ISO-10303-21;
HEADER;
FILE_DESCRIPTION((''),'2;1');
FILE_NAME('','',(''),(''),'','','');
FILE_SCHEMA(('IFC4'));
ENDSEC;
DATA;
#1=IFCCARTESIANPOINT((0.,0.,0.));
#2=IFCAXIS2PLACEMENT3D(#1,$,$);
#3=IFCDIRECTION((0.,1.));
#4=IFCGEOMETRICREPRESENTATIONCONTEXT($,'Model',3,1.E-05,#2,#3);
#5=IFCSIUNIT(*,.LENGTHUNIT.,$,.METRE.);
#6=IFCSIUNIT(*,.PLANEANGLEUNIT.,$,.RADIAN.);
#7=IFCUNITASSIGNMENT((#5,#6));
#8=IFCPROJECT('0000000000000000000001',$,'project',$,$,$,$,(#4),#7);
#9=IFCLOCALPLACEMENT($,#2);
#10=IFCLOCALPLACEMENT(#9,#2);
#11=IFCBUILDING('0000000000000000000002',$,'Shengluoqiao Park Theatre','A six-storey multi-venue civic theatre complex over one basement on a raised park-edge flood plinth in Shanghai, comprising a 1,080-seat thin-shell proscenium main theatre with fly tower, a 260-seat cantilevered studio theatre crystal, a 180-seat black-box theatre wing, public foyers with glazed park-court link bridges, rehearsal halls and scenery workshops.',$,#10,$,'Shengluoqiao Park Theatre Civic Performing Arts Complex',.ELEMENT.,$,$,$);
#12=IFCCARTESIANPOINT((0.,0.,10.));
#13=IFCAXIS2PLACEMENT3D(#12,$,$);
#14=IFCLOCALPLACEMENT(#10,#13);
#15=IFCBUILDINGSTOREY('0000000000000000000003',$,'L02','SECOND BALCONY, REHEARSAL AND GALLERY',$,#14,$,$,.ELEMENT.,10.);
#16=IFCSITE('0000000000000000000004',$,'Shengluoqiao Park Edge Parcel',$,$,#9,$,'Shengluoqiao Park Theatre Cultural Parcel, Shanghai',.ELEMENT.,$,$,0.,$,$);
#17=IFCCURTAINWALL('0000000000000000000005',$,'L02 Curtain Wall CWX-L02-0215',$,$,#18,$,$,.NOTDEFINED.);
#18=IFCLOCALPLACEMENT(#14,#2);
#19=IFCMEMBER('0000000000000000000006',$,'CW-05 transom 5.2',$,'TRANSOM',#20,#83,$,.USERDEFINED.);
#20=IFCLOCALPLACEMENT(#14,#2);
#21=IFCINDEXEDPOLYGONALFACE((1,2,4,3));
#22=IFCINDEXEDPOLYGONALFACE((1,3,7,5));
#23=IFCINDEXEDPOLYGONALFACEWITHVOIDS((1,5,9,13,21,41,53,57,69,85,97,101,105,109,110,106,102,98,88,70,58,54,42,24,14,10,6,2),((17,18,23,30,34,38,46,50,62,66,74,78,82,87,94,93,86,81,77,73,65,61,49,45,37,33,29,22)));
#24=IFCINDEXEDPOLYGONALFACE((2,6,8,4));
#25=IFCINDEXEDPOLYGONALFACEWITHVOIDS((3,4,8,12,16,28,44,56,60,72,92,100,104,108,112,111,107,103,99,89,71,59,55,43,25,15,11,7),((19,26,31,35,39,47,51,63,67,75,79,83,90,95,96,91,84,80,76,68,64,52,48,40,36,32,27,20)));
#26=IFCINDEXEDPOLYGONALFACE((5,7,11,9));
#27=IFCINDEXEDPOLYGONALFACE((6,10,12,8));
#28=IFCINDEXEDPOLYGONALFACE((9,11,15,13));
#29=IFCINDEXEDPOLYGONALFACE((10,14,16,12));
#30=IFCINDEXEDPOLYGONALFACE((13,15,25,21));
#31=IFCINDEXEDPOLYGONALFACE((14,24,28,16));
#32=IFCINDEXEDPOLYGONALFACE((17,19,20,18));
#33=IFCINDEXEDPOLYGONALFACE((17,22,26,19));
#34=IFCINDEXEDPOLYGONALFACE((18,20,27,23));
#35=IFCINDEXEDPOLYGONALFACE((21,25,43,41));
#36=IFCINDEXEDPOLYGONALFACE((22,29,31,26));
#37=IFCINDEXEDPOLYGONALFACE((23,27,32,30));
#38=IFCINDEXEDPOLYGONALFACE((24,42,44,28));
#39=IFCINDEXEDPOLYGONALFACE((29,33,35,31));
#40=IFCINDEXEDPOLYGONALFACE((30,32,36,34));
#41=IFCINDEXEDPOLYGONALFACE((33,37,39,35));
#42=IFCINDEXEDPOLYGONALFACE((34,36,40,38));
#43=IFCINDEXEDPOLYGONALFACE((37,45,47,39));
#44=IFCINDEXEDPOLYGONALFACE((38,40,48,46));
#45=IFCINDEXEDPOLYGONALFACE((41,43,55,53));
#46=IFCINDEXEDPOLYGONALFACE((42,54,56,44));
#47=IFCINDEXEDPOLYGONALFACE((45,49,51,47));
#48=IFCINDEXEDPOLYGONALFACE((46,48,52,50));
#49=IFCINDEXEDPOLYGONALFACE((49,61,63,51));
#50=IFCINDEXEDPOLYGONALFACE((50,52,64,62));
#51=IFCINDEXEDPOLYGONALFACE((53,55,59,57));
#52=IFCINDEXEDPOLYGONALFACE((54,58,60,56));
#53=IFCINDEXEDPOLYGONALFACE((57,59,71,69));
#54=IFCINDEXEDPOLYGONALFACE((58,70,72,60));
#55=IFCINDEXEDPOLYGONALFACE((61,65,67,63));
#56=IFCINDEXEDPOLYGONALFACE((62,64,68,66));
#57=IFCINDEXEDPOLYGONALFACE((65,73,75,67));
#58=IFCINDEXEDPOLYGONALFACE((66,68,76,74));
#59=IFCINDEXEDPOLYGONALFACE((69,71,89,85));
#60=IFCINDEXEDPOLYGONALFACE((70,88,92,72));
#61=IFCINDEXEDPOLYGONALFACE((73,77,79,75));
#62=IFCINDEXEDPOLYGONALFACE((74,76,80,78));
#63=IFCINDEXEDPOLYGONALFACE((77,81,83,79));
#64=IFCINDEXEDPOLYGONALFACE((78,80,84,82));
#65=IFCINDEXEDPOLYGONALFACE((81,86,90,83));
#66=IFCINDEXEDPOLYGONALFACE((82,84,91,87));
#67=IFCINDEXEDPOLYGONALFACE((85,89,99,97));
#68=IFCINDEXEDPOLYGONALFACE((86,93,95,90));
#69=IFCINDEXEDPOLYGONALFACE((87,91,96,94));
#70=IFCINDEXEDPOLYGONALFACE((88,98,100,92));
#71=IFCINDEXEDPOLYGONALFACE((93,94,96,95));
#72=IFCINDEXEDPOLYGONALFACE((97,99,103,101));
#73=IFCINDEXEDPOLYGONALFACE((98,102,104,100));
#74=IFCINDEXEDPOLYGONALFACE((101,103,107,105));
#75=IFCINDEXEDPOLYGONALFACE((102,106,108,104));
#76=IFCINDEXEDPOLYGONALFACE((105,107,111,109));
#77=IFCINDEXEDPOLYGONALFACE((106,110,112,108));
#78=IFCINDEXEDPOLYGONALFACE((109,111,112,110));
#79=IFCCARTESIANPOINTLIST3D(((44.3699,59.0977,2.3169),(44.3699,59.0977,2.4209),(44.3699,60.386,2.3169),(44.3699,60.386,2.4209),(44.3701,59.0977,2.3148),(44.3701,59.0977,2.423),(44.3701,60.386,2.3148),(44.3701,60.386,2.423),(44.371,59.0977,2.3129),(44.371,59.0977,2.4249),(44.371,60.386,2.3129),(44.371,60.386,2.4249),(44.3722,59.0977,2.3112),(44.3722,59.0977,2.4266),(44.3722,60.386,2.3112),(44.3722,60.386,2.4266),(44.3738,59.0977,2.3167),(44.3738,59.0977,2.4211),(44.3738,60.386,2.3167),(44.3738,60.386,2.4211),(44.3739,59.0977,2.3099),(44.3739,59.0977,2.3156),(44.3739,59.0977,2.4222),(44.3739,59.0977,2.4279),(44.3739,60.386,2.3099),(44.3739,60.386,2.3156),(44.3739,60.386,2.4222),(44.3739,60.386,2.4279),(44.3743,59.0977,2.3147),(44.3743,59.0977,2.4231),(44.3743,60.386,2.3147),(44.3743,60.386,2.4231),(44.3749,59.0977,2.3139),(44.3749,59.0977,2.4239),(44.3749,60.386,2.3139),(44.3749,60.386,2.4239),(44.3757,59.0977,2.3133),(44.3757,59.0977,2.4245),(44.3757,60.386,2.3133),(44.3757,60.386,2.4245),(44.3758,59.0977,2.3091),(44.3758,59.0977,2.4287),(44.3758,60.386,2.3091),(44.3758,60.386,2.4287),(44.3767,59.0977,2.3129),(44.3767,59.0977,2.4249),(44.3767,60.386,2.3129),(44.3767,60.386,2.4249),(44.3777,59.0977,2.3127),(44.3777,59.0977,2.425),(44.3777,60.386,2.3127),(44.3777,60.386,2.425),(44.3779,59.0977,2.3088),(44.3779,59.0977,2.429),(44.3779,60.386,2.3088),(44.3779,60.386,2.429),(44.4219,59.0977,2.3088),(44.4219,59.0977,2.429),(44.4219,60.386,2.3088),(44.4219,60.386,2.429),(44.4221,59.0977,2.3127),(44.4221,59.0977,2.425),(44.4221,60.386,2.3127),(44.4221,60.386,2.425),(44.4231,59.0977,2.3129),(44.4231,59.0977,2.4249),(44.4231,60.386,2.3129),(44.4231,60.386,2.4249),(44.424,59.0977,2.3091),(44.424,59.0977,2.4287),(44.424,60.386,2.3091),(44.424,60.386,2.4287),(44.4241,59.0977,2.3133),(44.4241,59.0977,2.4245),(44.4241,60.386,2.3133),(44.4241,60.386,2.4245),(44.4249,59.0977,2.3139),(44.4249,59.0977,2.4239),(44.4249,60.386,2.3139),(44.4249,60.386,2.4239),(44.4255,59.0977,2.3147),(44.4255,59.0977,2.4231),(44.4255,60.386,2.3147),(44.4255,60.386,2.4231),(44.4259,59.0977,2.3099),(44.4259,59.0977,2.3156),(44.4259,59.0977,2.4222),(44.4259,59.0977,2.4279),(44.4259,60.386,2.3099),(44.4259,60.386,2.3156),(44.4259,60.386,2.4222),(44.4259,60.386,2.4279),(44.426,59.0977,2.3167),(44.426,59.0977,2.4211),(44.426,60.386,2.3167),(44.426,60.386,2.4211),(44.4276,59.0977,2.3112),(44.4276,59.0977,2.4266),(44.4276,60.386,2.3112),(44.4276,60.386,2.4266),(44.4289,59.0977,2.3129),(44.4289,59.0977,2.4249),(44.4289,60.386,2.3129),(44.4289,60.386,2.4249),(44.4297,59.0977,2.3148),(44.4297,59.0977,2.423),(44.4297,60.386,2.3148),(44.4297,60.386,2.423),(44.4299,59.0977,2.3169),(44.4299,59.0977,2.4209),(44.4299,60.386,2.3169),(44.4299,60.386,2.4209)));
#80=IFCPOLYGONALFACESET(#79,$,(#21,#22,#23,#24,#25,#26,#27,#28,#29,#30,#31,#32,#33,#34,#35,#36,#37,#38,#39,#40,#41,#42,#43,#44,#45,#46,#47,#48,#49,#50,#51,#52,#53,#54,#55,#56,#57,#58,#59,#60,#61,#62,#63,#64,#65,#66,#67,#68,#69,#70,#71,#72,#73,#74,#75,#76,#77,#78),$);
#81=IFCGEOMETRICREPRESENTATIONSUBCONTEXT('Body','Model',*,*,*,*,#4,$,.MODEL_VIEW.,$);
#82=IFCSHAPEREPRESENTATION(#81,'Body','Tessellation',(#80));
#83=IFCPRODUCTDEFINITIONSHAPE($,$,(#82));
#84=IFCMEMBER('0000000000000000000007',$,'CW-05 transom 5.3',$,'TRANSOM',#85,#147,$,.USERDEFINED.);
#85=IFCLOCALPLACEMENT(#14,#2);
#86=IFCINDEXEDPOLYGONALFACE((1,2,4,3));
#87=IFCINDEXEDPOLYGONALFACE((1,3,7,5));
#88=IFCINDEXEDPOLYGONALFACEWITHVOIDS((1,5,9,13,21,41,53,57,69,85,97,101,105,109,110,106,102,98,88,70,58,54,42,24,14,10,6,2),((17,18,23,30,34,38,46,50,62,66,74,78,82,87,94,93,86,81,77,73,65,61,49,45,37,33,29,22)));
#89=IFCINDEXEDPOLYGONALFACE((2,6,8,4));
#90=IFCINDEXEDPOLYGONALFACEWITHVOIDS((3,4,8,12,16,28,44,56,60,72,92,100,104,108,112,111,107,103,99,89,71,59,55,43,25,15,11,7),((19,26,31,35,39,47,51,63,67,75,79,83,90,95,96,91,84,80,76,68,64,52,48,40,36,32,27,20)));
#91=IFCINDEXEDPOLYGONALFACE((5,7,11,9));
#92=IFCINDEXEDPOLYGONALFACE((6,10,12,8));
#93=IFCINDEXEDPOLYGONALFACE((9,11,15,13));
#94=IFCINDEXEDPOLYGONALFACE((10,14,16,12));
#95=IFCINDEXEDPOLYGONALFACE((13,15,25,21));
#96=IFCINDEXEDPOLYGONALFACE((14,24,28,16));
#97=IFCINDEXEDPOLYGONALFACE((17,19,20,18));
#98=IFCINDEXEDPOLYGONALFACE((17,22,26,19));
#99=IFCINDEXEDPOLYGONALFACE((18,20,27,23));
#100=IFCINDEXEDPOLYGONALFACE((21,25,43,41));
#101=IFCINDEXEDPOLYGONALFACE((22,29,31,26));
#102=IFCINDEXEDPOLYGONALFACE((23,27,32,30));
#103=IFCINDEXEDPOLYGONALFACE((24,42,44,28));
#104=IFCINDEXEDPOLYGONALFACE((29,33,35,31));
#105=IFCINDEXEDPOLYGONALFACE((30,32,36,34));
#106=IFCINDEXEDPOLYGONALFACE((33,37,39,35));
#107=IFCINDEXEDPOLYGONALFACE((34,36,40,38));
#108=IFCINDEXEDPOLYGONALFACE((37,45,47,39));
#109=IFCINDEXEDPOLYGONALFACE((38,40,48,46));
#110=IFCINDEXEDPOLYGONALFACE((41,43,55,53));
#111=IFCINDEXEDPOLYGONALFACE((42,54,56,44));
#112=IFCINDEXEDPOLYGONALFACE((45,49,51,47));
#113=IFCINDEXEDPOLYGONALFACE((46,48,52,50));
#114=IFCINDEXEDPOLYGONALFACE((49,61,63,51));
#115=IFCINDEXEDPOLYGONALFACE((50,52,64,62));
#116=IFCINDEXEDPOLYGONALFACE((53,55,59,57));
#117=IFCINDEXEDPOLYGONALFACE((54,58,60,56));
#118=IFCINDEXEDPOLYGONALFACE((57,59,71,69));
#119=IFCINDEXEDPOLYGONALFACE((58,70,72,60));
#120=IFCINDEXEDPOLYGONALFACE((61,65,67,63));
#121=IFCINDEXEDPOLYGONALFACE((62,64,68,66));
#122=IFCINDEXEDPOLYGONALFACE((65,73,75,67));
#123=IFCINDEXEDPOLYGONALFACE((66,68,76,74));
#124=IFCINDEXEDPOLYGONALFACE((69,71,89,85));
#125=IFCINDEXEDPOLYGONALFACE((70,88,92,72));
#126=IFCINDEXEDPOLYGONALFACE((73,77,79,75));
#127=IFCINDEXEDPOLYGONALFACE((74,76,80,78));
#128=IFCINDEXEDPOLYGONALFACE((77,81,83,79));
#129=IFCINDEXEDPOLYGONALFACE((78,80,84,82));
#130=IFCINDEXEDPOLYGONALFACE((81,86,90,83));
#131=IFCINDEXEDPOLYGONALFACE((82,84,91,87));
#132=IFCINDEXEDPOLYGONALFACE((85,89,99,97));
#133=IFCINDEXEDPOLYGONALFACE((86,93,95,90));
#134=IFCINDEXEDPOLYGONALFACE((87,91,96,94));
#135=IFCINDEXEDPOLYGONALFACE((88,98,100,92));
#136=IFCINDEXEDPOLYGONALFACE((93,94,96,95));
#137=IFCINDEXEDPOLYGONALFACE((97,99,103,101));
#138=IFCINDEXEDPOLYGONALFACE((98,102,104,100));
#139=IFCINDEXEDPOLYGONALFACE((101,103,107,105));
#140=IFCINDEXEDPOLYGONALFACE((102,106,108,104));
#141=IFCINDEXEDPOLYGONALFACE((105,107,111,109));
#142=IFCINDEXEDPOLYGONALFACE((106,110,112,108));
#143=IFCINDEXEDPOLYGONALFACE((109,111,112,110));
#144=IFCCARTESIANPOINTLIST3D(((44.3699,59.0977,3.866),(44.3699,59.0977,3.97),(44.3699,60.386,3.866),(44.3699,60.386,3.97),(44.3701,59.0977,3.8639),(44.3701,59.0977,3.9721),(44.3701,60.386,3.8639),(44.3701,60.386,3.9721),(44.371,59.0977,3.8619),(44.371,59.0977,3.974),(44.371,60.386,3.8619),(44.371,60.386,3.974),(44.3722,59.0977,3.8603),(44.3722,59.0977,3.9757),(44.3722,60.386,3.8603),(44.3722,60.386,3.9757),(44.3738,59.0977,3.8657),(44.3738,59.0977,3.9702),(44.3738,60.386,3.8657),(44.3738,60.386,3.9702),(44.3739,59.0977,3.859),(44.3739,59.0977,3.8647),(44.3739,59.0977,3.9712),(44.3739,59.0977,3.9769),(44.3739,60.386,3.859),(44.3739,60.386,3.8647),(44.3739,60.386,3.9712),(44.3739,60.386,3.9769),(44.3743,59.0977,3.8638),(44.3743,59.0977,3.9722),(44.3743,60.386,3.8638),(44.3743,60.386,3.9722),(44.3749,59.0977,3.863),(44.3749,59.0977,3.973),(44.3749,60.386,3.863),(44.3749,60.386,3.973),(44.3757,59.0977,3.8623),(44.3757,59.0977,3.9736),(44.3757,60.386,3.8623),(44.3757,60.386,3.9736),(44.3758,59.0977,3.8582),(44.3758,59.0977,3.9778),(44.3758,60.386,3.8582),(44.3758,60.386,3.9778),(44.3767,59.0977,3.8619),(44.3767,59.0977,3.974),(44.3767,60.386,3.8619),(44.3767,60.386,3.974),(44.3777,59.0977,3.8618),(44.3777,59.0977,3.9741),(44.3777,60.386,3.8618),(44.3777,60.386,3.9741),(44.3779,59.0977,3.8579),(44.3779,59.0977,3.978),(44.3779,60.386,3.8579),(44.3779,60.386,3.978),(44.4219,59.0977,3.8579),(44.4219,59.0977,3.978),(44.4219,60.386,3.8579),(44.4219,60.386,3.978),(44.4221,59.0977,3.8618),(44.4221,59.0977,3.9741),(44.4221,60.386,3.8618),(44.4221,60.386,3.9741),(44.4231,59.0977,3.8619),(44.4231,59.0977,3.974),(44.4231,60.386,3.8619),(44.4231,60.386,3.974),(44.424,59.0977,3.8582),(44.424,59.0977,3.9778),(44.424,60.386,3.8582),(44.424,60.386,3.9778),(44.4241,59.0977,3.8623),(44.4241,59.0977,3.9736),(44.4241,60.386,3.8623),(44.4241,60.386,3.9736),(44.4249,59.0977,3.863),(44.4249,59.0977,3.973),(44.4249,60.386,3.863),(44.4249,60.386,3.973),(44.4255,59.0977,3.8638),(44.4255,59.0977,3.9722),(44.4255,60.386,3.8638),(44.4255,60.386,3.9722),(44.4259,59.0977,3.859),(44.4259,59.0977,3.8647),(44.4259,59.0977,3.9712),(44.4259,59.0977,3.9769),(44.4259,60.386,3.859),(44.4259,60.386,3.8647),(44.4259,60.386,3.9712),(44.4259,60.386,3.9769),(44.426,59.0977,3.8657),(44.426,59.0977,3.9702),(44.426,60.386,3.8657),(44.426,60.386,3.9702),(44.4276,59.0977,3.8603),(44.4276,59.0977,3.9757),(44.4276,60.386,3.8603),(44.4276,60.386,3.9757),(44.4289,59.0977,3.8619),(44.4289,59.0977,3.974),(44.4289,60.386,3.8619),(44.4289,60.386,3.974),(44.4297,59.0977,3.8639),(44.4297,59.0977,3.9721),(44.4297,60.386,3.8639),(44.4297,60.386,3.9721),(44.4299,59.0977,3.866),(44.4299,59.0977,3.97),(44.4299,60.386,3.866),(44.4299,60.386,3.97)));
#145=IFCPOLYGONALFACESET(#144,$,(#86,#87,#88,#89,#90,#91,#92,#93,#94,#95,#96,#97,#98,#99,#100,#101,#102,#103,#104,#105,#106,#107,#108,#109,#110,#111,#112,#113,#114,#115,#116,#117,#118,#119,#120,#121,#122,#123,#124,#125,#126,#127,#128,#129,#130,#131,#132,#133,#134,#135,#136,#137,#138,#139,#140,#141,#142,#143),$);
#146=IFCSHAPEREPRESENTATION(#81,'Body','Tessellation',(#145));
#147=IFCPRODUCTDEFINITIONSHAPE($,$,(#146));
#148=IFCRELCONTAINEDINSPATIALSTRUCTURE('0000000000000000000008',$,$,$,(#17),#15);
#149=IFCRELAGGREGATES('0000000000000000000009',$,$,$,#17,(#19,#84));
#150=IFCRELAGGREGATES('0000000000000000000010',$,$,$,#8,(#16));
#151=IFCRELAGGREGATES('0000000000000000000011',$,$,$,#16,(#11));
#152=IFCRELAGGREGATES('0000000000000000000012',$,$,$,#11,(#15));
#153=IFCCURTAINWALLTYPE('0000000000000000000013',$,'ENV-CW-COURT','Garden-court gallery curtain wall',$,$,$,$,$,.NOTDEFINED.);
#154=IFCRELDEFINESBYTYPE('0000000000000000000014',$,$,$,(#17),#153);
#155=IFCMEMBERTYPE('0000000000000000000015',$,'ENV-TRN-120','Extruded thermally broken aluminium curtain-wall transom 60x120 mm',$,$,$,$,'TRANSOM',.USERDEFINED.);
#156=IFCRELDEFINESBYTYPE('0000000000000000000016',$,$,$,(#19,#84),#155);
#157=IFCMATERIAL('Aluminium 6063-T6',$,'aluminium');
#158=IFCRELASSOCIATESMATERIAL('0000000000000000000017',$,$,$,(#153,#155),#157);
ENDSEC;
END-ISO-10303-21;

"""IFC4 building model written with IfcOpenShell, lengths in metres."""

from ifc_helpers import new_model, si_unit, direction, frame, origin, origin_2d, place, context, subcontext, project, spatial, hollow_rectangle, extrude, material, material_profile, profile_set, type_object, element, aggregate, save


model = new_model("IFC4")

# Units and contexts
model_context = context("Model", 3, precision=1e-05, world=origin(), true_north=direction((0.0, 1.0)))
body_context = subcontext(model_context, "Body", "Model", "MODEL_VIEW")
ifc_project = project(units=[si_unit("LENGTHUNIT", "METRE"), si_unit("PLANEANGLEUNIT", "RADIAN")], contexts=[model_context])

# Site, building, storey
site_placement = place(None, origin())
site = spatial("IfcSite", under=ifc_project, at=site_placement, Name="Shengluoqiao Park Edge Parcel", LongName="Shengluoqiao Park Theatre Cultural Parcel, Shanghai", CompositionType="ELEMENT", RefElevation=0.0)
building_placement = place(site_placement, origin())
building = spatial("IfcBuilding", under=site, at=building_placement, Name="Shengluoqiao Park Theatre", Description="A six-storey multi-venue civic theatre complex over one basement on a raised park-edge flood plinth in Shanghai, comprising a 1,080-seat thin-shell proscenium main theatre with fly tower, a 260-seat cantilevered studio theatre crystal, a 180-seat black-box theatre wing, public foyers with glazed park-court link bridges, rehearsal halls and scenery workshops.", LongName="Shengluoqiao Park Theatre Civic Performing Arts Complex", CompositionType="ELEMENT")
storey_placement = place(building_placement, frame((0.0, 0.0, 10.0)))
storey = spatial("IfcBuildingStorey", under=building, at=storey_placement, Name="L02", Description="SECOND BALCONY, REHEARSAL AND GALLERY", CompositionType="ELEMENT", Elevation=10.0)

# Curtain wall
ifc_material_1 = material(Name="Aluminium 6063-T6", Category="aluminium")
curtain_wall_type = type_object("IfcCurtainWallType", Name="ENV-CW-COURT", Description="Garden-court gallery curtain wall", PredefinedType="NOTDEFINED", material=ifc_material_1)
curtain_wall_1_placement = place(storey_placement, origin())
curtain_wall_1 = element("IfcCurtainWall", 1, at=curtain_wall_1_placement, inside=storey, type_object=curtain_wall_type, Name="L02 Curtain Wall CWX-L02-0215", PredefinedType="NOTDEFINED")

# Members
ifc_material_profile_1 = material_profile(ifc_material_1, hollow_rectangle(XDim=0.0601, YDim=0.1201, WallThickness=0.0039, InnerFilletRadius=0.0039, OuterFilletRadius=0.0081, at=origin_2d()), Name="ALU TRANSOM 120x60x4")
ifc_profile_set_1 = profile_set([ifc_material_profile_1], Name="Aluminium 6063-T6")
member_type_1 = type_object("IfcMemberType", Name="ENV-TRN-120", Description="Extruded thermally broken aluminium curtain-wall transom 60x120 mm", ElementType="TRANSOM", PredefinedType="USERDEFINED", material=ifc_profile_set_1)
member_1_placement = place(storey_placement, frame((44.3999, 59.0977, 2.3689), z_axis=(0.0, 1.0, 0.0), x_axis=(-1.0, 0.0, 0.0)))
member_1 = element("IfcMember", 2, at=member_1_placement, type_object=member_type_1, Name="CW-05 transom 5.2", ObjectType="TRANSOM", PredefinedType="USERDEFINED", context=body_context, shape_type="SweptSolid", body=[
    extrude(hollow_rectangle(XDim=0.0601, YDim=0.1201, WallThickness=0.0039, InnerFilletRadius=0.0039, OuterFilletRadius=0.0081, at=origin_2d()), origin(), (0.0, 0.0, 1.0), 1.2883),
])
member_2_placement = place(storey_placement, frame((44.3999, 59.0977, 3.918), z_axis=(0.0, 1.0, 0.0), x_axis=(-1.0, 0.0, 0.0)))
member_2 = element("IfcMember", 3, at=member_2_placement, type_object=member_type_1, Name="CW-05 transom 5.3", ObjectType="TRANSOM", PredefinedType="USERDEFINED", context=body_context, shape_type="SweptSolid", body=[
    extrude(hollow_rectangle(XDim=0.0601, YDim=0.1201, WallThickness=0.0039, InnerFilletRadius=0.0039, OuterFilletRadius=0.0081, at=origin_2d()), origin(), (0.0, 0.0, 1.0), 1.2883),
])

aggregate(curtain_wall_1, [member_1, member_2])

save(model, "model.ifc")
